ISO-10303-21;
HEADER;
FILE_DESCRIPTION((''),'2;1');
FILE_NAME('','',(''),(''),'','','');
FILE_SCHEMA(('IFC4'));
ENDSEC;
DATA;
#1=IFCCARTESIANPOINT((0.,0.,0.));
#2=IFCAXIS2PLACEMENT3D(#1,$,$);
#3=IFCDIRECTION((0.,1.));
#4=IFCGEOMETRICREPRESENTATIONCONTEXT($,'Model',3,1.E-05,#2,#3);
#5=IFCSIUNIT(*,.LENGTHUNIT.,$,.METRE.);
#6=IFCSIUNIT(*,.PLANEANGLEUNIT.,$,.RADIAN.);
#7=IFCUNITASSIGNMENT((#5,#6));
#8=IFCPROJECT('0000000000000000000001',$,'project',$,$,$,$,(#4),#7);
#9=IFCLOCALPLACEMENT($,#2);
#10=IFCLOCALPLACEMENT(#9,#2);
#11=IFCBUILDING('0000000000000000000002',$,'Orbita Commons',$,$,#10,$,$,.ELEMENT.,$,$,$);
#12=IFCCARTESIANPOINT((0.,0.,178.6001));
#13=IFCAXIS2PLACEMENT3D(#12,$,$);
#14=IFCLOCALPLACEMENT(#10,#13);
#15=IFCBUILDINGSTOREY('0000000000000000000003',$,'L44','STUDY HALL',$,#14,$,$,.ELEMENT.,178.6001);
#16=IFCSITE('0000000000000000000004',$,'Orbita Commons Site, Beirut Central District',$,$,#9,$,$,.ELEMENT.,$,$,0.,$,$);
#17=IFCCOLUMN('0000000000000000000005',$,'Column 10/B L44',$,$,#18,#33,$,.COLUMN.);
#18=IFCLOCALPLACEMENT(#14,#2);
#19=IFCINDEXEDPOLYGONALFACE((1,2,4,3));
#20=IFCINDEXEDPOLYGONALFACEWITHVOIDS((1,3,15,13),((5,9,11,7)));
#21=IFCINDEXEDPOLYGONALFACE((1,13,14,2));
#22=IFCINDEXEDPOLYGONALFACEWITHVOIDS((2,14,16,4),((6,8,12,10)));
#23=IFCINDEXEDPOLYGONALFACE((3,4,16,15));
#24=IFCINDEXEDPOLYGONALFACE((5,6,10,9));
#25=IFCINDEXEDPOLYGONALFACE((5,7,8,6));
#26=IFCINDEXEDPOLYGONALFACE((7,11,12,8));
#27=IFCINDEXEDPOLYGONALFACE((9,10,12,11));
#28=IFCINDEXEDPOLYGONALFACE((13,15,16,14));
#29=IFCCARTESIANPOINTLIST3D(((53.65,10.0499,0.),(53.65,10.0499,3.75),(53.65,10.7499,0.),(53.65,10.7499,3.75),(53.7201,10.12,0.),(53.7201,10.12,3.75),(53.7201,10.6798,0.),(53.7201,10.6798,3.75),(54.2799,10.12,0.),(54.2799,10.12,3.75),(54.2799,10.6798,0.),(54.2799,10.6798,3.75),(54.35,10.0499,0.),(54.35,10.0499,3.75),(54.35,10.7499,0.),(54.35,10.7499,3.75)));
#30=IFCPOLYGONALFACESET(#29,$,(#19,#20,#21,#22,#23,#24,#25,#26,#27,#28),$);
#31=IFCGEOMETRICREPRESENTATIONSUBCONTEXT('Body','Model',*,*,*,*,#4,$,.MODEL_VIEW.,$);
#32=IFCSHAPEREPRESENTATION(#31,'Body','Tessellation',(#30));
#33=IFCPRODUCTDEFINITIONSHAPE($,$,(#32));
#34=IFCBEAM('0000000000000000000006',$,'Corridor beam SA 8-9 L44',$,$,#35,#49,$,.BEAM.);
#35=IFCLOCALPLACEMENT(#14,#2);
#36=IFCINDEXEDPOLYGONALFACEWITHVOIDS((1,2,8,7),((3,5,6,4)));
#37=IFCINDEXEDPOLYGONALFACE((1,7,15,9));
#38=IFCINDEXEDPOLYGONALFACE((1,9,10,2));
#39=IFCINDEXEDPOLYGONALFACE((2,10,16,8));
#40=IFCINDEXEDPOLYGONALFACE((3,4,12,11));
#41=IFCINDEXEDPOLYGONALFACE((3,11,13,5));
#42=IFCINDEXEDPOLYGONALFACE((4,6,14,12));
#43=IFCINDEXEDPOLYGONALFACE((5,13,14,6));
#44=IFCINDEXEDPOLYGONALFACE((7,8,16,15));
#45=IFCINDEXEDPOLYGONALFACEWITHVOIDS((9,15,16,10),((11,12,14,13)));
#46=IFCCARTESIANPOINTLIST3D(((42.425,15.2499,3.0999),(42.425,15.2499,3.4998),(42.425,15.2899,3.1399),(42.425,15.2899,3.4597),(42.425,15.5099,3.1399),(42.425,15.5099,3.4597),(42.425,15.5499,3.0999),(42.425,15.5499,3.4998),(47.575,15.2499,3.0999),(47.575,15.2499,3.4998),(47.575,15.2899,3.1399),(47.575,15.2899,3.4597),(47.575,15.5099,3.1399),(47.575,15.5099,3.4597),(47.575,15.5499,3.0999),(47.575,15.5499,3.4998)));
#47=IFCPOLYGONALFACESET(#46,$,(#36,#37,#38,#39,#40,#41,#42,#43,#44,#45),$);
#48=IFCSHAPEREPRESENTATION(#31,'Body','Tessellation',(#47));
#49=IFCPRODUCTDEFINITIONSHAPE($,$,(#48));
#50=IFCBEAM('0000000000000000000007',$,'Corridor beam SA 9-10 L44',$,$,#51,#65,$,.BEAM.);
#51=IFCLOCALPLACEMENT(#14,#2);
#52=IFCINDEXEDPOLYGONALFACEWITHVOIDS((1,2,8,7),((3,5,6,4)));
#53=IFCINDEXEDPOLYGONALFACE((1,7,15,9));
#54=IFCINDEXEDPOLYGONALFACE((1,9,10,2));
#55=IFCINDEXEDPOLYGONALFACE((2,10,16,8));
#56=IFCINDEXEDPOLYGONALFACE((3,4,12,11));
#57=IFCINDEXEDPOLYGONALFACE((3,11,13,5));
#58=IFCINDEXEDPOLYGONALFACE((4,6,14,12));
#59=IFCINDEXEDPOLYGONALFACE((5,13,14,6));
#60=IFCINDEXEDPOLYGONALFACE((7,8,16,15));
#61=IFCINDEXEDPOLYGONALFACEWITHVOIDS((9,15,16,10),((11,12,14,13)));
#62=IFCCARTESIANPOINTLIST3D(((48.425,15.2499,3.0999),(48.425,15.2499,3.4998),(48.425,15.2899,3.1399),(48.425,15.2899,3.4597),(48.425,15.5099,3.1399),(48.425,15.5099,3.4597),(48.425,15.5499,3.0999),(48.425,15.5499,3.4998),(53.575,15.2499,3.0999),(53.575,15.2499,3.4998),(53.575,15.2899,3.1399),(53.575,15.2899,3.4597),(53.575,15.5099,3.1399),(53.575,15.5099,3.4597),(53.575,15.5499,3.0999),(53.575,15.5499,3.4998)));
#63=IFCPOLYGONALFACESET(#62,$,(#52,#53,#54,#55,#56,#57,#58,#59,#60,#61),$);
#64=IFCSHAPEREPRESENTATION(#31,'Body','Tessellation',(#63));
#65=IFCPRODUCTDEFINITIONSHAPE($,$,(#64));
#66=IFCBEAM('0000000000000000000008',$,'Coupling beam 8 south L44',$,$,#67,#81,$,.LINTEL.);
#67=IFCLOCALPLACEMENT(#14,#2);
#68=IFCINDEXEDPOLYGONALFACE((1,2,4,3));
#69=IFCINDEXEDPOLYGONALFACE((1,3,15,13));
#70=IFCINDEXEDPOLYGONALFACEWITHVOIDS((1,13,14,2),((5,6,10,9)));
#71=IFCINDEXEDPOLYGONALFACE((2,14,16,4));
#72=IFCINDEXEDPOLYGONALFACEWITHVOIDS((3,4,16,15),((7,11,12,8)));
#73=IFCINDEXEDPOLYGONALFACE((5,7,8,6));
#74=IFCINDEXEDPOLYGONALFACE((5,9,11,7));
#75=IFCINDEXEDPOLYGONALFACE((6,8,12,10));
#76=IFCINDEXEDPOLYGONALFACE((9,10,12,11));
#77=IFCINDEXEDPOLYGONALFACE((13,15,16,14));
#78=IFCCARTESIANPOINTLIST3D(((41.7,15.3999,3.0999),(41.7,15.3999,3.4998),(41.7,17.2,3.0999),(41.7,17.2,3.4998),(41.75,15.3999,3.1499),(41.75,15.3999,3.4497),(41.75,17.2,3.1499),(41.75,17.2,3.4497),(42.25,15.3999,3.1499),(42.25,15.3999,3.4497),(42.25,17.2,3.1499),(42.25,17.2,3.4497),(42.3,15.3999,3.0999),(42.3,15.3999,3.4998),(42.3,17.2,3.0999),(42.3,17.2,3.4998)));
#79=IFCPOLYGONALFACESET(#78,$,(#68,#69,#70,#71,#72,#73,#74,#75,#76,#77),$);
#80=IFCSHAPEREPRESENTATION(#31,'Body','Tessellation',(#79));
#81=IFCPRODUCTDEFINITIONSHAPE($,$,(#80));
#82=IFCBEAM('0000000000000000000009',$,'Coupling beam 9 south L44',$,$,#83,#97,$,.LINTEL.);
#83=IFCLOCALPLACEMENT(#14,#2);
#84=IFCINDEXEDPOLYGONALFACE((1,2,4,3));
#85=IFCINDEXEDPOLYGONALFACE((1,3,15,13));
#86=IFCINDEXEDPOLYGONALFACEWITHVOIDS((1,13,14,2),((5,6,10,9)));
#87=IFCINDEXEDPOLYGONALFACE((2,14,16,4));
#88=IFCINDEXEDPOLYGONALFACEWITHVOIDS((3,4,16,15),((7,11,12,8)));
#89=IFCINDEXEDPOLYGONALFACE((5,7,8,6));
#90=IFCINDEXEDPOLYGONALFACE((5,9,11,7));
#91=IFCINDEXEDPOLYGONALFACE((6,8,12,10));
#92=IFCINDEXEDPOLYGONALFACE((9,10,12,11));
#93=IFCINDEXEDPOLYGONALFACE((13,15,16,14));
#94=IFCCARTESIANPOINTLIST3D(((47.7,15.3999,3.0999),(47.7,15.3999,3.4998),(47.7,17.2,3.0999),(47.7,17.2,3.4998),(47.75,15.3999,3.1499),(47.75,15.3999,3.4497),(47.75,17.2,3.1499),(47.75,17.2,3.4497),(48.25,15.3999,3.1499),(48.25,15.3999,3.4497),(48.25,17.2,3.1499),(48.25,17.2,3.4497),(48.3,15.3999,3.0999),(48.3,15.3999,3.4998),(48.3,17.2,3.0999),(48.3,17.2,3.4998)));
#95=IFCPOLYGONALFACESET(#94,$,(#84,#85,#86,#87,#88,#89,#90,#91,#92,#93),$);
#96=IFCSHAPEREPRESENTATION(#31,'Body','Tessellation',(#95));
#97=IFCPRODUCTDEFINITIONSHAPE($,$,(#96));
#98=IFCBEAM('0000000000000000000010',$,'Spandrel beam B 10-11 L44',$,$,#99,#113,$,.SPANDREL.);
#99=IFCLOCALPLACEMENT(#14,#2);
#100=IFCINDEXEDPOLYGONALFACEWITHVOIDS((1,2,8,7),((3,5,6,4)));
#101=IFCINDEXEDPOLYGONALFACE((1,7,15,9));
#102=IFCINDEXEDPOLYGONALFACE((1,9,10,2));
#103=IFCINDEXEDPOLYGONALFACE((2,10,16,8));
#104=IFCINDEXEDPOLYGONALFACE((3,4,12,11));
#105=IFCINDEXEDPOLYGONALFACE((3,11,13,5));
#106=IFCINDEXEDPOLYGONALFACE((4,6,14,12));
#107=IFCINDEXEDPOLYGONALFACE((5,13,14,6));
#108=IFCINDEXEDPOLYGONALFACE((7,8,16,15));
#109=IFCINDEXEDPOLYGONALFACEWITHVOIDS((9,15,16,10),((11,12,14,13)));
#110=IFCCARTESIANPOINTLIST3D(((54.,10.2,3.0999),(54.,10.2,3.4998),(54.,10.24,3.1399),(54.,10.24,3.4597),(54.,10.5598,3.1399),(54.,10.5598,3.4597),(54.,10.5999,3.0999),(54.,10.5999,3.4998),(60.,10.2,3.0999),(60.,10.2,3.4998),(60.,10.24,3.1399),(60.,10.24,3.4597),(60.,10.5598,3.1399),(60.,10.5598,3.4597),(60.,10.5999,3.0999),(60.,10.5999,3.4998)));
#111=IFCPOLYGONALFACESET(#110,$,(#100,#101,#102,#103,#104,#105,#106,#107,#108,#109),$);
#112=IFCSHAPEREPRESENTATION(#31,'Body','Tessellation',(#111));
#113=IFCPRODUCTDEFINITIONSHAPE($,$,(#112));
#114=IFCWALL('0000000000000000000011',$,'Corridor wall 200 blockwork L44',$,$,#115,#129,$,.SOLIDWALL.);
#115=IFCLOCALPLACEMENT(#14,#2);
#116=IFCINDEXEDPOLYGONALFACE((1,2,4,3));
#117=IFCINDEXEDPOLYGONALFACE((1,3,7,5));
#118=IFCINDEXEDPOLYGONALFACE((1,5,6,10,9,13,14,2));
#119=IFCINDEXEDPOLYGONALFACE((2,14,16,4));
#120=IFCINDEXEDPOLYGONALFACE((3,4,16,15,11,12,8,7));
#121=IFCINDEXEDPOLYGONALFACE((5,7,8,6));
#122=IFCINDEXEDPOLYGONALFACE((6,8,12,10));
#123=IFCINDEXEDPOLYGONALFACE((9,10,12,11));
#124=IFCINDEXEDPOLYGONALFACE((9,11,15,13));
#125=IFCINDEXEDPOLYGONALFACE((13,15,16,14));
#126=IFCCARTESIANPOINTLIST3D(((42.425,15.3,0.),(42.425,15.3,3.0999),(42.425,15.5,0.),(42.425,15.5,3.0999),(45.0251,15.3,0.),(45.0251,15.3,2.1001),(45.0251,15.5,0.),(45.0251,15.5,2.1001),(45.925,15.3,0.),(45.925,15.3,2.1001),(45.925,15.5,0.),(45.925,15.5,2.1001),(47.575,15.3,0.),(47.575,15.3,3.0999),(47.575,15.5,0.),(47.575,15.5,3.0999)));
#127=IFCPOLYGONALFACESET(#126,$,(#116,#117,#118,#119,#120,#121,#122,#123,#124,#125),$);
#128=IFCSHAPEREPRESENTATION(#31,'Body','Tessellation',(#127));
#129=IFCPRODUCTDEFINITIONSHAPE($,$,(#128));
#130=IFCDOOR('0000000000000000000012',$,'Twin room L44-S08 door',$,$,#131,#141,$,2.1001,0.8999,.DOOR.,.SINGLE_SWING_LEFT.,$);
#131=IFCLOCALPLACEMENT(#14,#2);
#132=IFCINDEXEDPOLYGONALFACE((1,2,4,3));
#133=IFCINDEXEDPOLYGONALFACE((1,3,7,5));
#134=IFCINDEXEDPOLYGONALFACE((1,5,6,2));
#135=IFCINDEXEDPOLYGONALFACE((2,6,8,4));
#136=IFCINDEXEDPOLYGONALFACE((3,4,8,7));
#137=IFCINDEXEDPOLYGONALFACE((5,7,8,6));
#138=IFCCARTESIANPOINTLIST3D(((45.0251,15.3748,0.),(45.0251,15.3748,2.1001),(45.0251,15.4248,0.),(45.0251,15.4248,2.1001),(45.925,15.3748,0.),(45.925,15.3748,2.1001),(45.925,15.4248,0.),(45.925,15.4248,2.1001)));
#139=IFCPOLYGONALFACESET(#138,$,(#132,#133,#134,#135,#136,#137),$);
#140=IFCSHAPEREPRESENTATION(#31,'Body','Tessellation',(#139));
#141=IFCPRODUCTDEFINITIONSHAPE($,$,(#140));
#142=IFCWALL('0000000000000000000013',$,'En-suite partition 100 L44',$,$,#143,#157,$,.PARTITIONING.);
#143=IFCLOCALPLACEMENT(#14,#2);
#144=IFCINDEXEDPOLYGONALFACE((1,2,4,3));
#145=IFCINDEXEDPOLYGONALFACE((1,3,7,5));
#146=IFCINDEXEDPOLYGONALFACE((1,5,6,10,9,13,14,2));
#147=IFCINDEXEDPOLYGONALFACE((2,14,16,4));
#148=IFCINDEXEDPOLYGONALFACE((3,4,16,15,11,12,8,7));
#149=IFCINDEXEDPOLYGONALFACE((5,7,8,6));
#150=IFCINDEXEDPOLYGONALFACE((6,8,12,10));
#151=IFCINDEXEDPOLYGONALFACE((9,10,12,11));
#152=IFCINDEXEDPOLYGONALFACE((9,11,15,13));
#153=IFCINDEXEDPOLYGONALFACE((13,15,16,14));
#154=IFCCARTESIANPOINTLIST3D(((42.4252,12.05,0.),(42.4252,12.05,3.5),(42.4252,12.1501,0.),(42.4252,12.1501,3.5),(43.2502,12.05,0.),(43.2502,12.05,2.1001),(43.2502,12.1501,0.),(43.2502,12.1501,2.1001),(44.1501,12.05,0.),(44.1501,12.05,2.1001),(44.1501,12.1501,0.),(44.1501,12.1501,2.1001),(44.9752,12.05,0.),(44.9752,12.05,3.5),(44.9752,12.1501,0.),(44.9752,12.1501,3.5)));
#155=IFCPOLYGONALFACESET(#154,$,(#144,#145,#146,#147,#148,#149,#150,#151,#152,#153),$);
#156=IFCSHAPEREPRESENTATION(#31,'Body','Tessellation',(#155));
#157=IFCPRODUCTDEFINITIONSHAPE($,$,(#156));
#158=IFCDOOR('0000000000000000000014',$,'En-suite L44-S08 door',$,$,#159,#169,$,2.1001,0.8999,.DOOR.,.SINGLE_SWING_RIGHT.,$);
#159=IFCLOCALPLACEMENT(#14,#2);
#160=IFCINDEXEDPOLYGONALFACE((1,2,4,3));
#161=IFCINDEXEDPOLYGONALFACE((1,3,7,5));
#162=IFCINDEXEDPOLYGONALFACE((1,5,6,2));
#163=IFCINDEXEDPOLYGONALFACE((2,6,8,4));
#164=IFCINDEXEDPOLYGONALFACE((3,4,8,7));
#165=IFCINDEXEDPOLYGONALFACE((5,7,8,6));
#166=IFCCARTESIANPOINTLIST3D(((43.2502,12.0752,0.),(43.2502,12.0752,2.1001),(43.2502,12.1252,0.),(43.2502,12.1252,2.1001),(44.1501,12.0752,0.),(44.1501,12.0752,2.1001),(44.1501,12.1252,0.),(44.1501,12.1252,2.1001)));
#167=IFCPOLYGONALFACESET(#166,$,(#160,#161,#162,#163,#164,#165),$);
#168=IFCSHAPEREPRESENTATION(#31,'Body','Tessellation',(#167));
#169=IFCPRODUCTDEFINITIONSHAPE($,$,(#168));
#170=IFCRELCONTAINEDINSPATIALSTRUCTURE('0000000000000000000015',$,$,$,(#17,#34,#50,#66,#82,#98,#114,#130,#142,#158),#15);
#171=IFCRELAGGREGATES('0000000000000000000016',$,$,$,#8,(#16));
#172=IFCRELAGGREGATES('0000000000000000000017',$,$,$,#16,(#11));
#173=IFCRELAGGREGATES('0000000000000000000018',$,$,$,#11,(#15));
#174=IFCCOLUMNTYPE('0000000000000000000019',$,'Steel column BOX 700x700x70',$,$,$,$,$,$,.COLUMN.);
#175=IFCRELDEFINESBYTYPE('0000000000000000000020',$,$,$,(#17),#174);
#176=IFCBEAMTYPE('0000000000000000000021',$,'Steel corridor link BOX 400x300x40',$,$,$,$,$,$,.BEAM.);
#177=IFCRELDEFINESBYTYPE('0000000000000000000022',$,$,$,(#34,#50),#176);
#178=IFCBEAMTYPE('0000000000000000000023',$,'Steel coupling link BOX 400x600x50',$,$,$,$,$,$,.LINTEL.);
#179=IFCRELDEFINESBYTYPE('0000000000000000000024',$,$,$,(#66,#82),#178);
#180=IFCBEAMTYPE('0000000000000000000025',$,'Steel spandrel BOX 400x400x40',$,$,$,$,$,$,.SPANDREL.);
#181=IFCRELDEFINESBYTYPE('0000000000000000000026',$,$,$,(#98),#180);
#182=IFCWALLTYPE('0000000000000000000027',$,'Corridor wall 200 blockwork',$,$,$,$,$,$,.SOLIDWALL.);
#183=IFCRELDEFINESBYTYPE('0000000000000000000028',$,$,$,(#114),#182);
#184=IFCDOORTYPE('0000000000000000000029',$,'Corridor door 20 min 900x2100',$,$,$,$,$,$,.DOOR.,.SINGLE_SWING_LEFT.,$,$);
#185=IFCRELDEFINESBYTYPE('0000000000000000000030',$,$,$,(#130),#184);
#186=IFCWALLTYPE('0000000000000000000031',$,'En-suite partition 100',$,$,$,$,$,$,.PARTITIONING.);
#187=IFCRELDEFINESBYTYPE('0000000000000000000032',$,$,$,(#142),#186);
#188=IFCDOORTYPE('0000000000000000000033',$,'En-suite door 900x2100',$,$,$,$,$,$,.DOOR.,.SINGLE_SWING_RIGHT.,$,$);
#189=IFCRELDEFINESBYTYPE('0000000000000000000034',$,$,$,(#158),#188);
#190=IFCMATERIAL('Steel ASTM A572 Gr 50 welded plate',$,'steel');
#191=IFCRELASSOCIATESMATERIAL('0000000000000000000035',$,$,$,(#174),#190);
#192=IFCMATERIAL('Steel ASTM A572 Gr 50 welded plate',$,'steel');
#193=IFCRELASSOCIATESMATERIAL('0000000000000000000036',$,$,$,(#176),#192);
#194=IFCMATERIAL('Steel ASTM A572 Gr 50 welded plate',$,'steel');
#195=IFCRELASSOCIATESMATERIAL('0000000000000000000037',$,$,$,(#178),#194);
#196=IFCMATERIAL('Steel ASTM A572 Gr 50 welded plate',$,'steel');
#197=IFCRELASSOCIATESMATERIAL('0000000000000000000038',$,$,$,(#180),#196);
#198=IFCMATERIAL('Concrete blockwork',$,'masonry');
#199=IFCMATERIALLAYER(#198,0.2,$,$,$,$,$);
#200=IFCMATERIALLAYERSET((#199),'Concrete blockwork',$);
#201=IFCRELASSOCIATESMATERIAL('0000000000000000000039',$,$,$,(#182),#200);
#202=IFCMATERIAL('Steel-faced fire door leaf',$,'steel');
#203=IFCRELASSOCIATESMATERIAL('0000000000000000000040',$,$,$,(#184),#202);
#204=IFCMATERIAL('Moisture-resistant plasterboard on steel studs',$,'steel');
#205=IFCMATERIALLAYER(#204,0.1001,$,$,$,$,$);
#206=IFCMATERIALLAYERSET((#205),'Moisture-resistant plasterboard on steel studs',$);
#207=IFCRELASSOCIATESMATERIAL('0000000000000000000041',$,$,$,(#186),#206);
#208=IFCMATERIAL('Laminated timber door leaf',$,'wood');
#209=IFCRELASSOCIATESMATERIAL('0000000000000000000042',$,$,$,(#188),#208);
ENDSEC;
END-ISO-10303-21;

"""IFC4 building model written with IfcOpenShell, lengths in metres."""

from ifc_helpers import new_model, si_unit, direction, frame, frame_2d, origin, origin_2d, place, context, subcontext, project, spatial, polyline, rectangle, hollow_rectangle, outline, extrude, material, layer, layer_set, material_profile, profile_set, type_object, element, fill, save


model = new_model("IFC4")

# Units and contexts
model_context = context("Model", 3, precision=1e-05, world=origin(), true_north=direction((0.0, 1.0)))
body_context = subcontext(model_context, "Body", "Model", "MODEL_VIEW")
ifc_project = project(units=[si_unit("LENGTHUNIT", "METRE"), si_unit("PLANEANGLEUNIT", "RADIAN")], contexts=[model_context])

# Site, building, storey
site_placement = place(None, origin())
site = spatial("IfcSite", under=ifc_project, at=site_placement, Name="Orbita Commons Site, Beirut Central District", CompositionType="ELEMENT", RefElevation=0.0)
building_placement = place(site_placement, origin())
building = spatial("IfcBuilding", under=site, at=building_placement, Name="Orbita Commons", CompositionType="ELEMENT")
storey_placement = place(building_placement, frame((0.0, 0.0, 178.6001)))
storey = spatial("IfcBuildingStorey", under=building, at=storey_placement, Name="L44", Description="STUDY HALL", CompositionType="ELEMENT", Elevation=178.6001)

# Column
ifc_material_1 = material(Name="Steel ASTM A572 Gr 50 welded plate", Category="steel")
ifc_material_profile_1 = material_profile(ifc_material_1, hollow_rectangle(XDim=0.7, YDim=0.7, WallThickness=0.0701, at=origin_2d()), Name="BOX 700x700x70")
ifc_profile_set_1 = profile_set([ifc_material_profile_1], Name="Steel ASTM A572 Gr 50 welded plate")
column_type = type_object("IfcColumnType", Name="Steel column BOX 700x700x70", PredefinedType="COLUMN", material=ifc_profile_set_1)
column_placement = place(storey_placement, frame((54.0, 10.3999, 0.0), z_axis=(0.0, 0.0, 1.0), x_axis=(1.0, 0.0, 0.0)))
element("IfcColumn", 1, at=column_placement, inside=storey, type_object=column_type, Name="Column 10/B L44", PredefinedType="COLUMN", context=body_context, shape_type="SweptSolid", body=[
    extrude(hollow_rectangle(XDim=0.7, YDim=0.7, WallThickness=0.0701, at=origin_2d()), origin(), (0.0, 0.0, 1.0), 3.75),
])

# Beams
ifc_material_2 = material(Name="Steel ASTM A572 Gr 50 welded plate", Category="steel")
ifc_material_profile_2 = material_profile(ifc_material_2, hollow_rectangle(XDim=0.3, YDim=0.3999, WallThickness=0.04, at=origin_2d()), Name="BOX 400x300x40")
ifc_profile_set_2 = profile_set([ifc_material_profile_2], Name="Steel ASTM A572 Gr 50 welded plate")
beam_type_1 = type_object("IfcBeamType", Name="Steel corridor link BOX 400x300x40", PredefinedType="BEAM", material=ifc_profile_set_2)
for number, where, z_axis, x_axis, name in (
    (2, (42.425, 15.3999, 3.2998), (1.0, 0.0, 0.0), (0.0, 1.0, 0.0), "Corridor beam SA 8-9 L44"),
    (3, (48.425, 15.3999, 3.2998), (1.0, 0.0, 0.0), (0.0, 1.0, 0.0), "Corridor beam SA 9-10 L44"),
):
    element("IfcBeam", number, at=place(storey_placement, frame(where, z_axis=z_axis, x_axis=x_axis)), inside=storey, type_object=beam_type_1, Name=name, PredefinedType="BEAM", context=body_context, shape_type="SweptSolid", body=[
        extrude(hollow_rectangle(XDim=0.3, YDim=0.3999, WallThickness=0.04, at=origin_2d()), origin(), (0.0, 0.0, 1.0), 5.1499),
    ])
ifc_material_3 = material(Name="Steel ASTM A572 Gr 50 welded plate", Category="steel")
ifc_material_profile_3 = material_profile(ifc_material_3, hollow_rectangle(XDim=0.6001, YDim=0.3999, WallThickness=0.05, at=origin_2d()), Name="BOX 400x600x50")
ifc_profile_set_3 = profile_set([ifc_material_profile_3], Name="Steel ASTM A572 Gr 50 welded plate")
beam_type_2 = type_object("IfcBeamType", Name="Steel coupling link BOX 400x600x50", PredefinedType="LINTEL", material=ifc_profile_set_3)
for number, where, z_axis, x_axis, name in (
    (4, (42.0, 15.3999, 3.2998), (0.0, 1.0, 0.0), (-1.0, 0.0, 0.0), "Coupling beam 8 south L44"),
    (5, (48.0, 15.3999, 3.2998), (0.0, 1.0, 0.0), (-1.0, 0.0, 0.0), "Coupling beam 9 south L44"),
):
    element("IfcBeam", number, at=place(storey_placement, frame(where, z_axis=z_axis, x_axis=x_axis)), inside=storey, type_object=beam_type_2, Name=name, PredefinedType="LINTEL", context=body_context, shape_type="SweptSolid", body=[
        extrude(hollow_rectangle(XDim=0.6001, YDim=0.3999, WallThickness=0.05, at=origin_2d()), origin(), (0.0, 0.0, 1.0), 1.8),
    ])
ifc_material_4 = material(Name="Steel ASTM A572 Gr 50 welded plate", Category="steel")
ifc_material_profile_4 = material_profile(ifc_material_4, hollow_rectangle(XDim=0.3999, YDim=0.3999, WallThickness=0.04, at=origin_2d()), Name="BOX 400x400x40")
ifc_profile_set_4 = profile_set([ifc_material_profile_4], Name="Steel ASTM A572 Gr 50 welded plate")
beam_type_3 = type_object("IfcBeamType", Name="Steel spandrel BOX 400x400x40", PredefinedType="SPANDREL", material=ifc_profile_set_4)
beam_placement = place(storey_placement, frame((54.0, 10.3999, 3.2998), z_axis=(1.0, 0.0, 0.0), x_axis=(0.0, 1.0, 0.0)))
element("IfcBeam", 6, at=beam_placement, inside=storey, type_object=beam_type_3, Name="Spandrel beam B 10-11 L44", PredefinedType="SPANDREL", context=body_context, shape_type="SweptSolid", body=[
    extrude(hollow_rectangle(XDim=0.3999, YDim=0.3999, WallThickness=0.04, at=origin_2d()), origin(), (0.0, 0.0, 1.0), 6.0),
])

# Walls, openings, doors
ifc_material_5 = material(Name="Concrete blockwork", Category="masonry")
ifc_layer_1 = layer(ifc_material_5, 0.2)
ifc_layer_set_1 = layer_set([ifc_layer_1], Name="Concrete blockwork")
wall_type_1 = type_object("IfcWallType", Name="Corridor wall 200 blockwork", PredefinedType="SOLIDWALL", material=ifc_layer_set_1)
wall_1_placement = place(storey_placement, frame((42.425, 15.3999, 0.0), z_axis=(0.0, 0.0, 1.0), x_axis=(1.0, 0.0, 0.0)))
wall_1 = element("IfcWall", 7, at=wall_1_placement, inside=storey, type_object=wall_type_1, Name="Corridor wall 200 blockwork L44", PredefinedType="SOLIDWALL", context=body_context, shape_type="SweptSolid", body=[
    extrude(outline(polyline([(0.0, 0.0), (5.1499, 0.0), (5.1499, 3.0999), (0.0, 3.0999), (0.0, 0.0)])), frame((0.0, 0.1001, 0.0), z_axis=(0.0, -1.0, 0.0), x_axis=(1.0, 0.0, 0.0)), (0.0, 0.0, 1.0), 0.2),
])
opening_1_placement = place(wall_1_placement, frame((2.6001, 0.0, 0.0)))
opening_1 = element("IfcOpeningElement", 8, at=opening_1_placement, cuts=wall_1, PredefinedType="OPENING", context=body_context, shape_type="SweptSolid", body=[
    extrude(rectangle(XDim=0.8999, YDim=2.1001, at=frame_2d((0.45, 1.05))), frame((0.0, 0.1099, 0.0), z_axis=(0.0, -1.0, 0.0), x_axis=(1.0, 0.0, 0.0)), (0.0, 0.0, 1.0), 0.22),
])
ifc_material_6 = material(Name="Steel-faced fire door leaf", Category="steel")
door_type_1 = type_object("IfcDoorType", Name="Corridor door 20 min 900x2100", OperationType="SINGLE_SWING_LEFT", PredefinedType="DOOR", material=ifc_material_6)
door_1_placement = place(opening_1_placement, origin())
door_1 = element("IfcDoor", 9, at=door_1_placement, inside=storey, type_object=door_type_1, Name="Twin room L44-S08 door", OperationType="SINGLE_SWING_LEFT", OverallHeight=2.1001, OverallWidth=0.8999, PredefinedType="DOOR", context=body_context, shape_type="SweptSolid", body=[
    extrude(rectangle(XDim=0.8999, YDim=2.1001, at=frame_2d((0.45, 1.05))), frame((0.0, 0.0249, 0.0), z_axis=(0.0, -1.0, 0.0), x_axis=(1.0, 0.0, 0.0)), (0.0, 0.0, 1.0), 0.05),
])
fill(opening_1, door_1)
ifc_material_7 = material(Name="Moisture-resistant plasterboard on steel studs", Category="steel")
ifc_layer_2 = layer(ifc_material_7, 0.1001)
ifc_layer_set_2 = layer_set([ifc_layer_2], Name="Moisture-resistant plasterboard on steel studs")
wall_type_2 = type_object("IfcWallType", Name="En-suite partition 100", PredefinedType="PARTITIONING", material=ifc_layer_set_2)
wall_2_placement = place(storey_placement, frame((44.9751, 12.1001, 0.0), z_axis=(0.0, 0.0, 1.0), x_axis=(-1.0, 0.0, 0.0)))
wall_2 = element("IfcWall", 10, at=wall_2_placement, inside=storey, type_object=wall_type_2, Name="En-suite partition 100 L44", PredefinedType="PARTITIONING", context=body_context, shape_type="SweptSolid", body=[
    extrude(rectangle(XDim=2.55, YDim=0.1001, at=frame_2d((1.2749, 0.0))), origin(), (0.0, 0.0, 1.0), 3.5),
])
opening_2_placement = place(wall_2_placement, frame((0.825, 0.0, 0.0)))
opening_2 = element("IfcOpeningElement", 11, at=opening_2_placement, cuts=wall_2, PredefinedType="OPENING", context=body_context, shape_type="SweptSolid", body=[
    extrude(rectangle(XDim=0.8999, YDim=2.1001, at=frame_2d((0.45, 1.05))), frame((0.0, 0.0601, 0.0), z_axis=(0.0, -1.0, 0.0), x_axis=(1.0, 0.0, 0.0)), (0.0, 0.0, 1.0), 0.1201),
])
ifc_material_8 = material(Name="Laminated timber door leaf", Category="wood")
door_type_2 = type_object("IfcDoorType", Name="En-suite door 900x2100", OperationType="SINGLE_SWING_RIGHT", PredefinedType="DOOR", material=ifc_material_8)
door_2_placement = place(opening_2_placement, origin())
door_2 = element("IfcDoor", 12, at=door_2_placement, inside=storey, type_object=door_type_2, Name="En-suite L44-S08 door", OperationType="SINGLE_SWING_RIGHT", OverallHeight=2.1001, OverallWidth=0.8999, PredefinedType="DOOR", context=body_context, shape_type="SweptSolid", body=[
    extrude(rectangle(XDim=0.8999, YDim=2.1001, at=frame_2d((0.45, 1.05))), frame((0.0, 0.0249, 0.0), z_axis=(0.0, -1.0, 0.0), x_axis=(1.0, 0.0, 0.0)), (0.0, 0.0, 1.0), 0.05),
])
fill(opening_2, door_2)

save(model, "model.ifc")
